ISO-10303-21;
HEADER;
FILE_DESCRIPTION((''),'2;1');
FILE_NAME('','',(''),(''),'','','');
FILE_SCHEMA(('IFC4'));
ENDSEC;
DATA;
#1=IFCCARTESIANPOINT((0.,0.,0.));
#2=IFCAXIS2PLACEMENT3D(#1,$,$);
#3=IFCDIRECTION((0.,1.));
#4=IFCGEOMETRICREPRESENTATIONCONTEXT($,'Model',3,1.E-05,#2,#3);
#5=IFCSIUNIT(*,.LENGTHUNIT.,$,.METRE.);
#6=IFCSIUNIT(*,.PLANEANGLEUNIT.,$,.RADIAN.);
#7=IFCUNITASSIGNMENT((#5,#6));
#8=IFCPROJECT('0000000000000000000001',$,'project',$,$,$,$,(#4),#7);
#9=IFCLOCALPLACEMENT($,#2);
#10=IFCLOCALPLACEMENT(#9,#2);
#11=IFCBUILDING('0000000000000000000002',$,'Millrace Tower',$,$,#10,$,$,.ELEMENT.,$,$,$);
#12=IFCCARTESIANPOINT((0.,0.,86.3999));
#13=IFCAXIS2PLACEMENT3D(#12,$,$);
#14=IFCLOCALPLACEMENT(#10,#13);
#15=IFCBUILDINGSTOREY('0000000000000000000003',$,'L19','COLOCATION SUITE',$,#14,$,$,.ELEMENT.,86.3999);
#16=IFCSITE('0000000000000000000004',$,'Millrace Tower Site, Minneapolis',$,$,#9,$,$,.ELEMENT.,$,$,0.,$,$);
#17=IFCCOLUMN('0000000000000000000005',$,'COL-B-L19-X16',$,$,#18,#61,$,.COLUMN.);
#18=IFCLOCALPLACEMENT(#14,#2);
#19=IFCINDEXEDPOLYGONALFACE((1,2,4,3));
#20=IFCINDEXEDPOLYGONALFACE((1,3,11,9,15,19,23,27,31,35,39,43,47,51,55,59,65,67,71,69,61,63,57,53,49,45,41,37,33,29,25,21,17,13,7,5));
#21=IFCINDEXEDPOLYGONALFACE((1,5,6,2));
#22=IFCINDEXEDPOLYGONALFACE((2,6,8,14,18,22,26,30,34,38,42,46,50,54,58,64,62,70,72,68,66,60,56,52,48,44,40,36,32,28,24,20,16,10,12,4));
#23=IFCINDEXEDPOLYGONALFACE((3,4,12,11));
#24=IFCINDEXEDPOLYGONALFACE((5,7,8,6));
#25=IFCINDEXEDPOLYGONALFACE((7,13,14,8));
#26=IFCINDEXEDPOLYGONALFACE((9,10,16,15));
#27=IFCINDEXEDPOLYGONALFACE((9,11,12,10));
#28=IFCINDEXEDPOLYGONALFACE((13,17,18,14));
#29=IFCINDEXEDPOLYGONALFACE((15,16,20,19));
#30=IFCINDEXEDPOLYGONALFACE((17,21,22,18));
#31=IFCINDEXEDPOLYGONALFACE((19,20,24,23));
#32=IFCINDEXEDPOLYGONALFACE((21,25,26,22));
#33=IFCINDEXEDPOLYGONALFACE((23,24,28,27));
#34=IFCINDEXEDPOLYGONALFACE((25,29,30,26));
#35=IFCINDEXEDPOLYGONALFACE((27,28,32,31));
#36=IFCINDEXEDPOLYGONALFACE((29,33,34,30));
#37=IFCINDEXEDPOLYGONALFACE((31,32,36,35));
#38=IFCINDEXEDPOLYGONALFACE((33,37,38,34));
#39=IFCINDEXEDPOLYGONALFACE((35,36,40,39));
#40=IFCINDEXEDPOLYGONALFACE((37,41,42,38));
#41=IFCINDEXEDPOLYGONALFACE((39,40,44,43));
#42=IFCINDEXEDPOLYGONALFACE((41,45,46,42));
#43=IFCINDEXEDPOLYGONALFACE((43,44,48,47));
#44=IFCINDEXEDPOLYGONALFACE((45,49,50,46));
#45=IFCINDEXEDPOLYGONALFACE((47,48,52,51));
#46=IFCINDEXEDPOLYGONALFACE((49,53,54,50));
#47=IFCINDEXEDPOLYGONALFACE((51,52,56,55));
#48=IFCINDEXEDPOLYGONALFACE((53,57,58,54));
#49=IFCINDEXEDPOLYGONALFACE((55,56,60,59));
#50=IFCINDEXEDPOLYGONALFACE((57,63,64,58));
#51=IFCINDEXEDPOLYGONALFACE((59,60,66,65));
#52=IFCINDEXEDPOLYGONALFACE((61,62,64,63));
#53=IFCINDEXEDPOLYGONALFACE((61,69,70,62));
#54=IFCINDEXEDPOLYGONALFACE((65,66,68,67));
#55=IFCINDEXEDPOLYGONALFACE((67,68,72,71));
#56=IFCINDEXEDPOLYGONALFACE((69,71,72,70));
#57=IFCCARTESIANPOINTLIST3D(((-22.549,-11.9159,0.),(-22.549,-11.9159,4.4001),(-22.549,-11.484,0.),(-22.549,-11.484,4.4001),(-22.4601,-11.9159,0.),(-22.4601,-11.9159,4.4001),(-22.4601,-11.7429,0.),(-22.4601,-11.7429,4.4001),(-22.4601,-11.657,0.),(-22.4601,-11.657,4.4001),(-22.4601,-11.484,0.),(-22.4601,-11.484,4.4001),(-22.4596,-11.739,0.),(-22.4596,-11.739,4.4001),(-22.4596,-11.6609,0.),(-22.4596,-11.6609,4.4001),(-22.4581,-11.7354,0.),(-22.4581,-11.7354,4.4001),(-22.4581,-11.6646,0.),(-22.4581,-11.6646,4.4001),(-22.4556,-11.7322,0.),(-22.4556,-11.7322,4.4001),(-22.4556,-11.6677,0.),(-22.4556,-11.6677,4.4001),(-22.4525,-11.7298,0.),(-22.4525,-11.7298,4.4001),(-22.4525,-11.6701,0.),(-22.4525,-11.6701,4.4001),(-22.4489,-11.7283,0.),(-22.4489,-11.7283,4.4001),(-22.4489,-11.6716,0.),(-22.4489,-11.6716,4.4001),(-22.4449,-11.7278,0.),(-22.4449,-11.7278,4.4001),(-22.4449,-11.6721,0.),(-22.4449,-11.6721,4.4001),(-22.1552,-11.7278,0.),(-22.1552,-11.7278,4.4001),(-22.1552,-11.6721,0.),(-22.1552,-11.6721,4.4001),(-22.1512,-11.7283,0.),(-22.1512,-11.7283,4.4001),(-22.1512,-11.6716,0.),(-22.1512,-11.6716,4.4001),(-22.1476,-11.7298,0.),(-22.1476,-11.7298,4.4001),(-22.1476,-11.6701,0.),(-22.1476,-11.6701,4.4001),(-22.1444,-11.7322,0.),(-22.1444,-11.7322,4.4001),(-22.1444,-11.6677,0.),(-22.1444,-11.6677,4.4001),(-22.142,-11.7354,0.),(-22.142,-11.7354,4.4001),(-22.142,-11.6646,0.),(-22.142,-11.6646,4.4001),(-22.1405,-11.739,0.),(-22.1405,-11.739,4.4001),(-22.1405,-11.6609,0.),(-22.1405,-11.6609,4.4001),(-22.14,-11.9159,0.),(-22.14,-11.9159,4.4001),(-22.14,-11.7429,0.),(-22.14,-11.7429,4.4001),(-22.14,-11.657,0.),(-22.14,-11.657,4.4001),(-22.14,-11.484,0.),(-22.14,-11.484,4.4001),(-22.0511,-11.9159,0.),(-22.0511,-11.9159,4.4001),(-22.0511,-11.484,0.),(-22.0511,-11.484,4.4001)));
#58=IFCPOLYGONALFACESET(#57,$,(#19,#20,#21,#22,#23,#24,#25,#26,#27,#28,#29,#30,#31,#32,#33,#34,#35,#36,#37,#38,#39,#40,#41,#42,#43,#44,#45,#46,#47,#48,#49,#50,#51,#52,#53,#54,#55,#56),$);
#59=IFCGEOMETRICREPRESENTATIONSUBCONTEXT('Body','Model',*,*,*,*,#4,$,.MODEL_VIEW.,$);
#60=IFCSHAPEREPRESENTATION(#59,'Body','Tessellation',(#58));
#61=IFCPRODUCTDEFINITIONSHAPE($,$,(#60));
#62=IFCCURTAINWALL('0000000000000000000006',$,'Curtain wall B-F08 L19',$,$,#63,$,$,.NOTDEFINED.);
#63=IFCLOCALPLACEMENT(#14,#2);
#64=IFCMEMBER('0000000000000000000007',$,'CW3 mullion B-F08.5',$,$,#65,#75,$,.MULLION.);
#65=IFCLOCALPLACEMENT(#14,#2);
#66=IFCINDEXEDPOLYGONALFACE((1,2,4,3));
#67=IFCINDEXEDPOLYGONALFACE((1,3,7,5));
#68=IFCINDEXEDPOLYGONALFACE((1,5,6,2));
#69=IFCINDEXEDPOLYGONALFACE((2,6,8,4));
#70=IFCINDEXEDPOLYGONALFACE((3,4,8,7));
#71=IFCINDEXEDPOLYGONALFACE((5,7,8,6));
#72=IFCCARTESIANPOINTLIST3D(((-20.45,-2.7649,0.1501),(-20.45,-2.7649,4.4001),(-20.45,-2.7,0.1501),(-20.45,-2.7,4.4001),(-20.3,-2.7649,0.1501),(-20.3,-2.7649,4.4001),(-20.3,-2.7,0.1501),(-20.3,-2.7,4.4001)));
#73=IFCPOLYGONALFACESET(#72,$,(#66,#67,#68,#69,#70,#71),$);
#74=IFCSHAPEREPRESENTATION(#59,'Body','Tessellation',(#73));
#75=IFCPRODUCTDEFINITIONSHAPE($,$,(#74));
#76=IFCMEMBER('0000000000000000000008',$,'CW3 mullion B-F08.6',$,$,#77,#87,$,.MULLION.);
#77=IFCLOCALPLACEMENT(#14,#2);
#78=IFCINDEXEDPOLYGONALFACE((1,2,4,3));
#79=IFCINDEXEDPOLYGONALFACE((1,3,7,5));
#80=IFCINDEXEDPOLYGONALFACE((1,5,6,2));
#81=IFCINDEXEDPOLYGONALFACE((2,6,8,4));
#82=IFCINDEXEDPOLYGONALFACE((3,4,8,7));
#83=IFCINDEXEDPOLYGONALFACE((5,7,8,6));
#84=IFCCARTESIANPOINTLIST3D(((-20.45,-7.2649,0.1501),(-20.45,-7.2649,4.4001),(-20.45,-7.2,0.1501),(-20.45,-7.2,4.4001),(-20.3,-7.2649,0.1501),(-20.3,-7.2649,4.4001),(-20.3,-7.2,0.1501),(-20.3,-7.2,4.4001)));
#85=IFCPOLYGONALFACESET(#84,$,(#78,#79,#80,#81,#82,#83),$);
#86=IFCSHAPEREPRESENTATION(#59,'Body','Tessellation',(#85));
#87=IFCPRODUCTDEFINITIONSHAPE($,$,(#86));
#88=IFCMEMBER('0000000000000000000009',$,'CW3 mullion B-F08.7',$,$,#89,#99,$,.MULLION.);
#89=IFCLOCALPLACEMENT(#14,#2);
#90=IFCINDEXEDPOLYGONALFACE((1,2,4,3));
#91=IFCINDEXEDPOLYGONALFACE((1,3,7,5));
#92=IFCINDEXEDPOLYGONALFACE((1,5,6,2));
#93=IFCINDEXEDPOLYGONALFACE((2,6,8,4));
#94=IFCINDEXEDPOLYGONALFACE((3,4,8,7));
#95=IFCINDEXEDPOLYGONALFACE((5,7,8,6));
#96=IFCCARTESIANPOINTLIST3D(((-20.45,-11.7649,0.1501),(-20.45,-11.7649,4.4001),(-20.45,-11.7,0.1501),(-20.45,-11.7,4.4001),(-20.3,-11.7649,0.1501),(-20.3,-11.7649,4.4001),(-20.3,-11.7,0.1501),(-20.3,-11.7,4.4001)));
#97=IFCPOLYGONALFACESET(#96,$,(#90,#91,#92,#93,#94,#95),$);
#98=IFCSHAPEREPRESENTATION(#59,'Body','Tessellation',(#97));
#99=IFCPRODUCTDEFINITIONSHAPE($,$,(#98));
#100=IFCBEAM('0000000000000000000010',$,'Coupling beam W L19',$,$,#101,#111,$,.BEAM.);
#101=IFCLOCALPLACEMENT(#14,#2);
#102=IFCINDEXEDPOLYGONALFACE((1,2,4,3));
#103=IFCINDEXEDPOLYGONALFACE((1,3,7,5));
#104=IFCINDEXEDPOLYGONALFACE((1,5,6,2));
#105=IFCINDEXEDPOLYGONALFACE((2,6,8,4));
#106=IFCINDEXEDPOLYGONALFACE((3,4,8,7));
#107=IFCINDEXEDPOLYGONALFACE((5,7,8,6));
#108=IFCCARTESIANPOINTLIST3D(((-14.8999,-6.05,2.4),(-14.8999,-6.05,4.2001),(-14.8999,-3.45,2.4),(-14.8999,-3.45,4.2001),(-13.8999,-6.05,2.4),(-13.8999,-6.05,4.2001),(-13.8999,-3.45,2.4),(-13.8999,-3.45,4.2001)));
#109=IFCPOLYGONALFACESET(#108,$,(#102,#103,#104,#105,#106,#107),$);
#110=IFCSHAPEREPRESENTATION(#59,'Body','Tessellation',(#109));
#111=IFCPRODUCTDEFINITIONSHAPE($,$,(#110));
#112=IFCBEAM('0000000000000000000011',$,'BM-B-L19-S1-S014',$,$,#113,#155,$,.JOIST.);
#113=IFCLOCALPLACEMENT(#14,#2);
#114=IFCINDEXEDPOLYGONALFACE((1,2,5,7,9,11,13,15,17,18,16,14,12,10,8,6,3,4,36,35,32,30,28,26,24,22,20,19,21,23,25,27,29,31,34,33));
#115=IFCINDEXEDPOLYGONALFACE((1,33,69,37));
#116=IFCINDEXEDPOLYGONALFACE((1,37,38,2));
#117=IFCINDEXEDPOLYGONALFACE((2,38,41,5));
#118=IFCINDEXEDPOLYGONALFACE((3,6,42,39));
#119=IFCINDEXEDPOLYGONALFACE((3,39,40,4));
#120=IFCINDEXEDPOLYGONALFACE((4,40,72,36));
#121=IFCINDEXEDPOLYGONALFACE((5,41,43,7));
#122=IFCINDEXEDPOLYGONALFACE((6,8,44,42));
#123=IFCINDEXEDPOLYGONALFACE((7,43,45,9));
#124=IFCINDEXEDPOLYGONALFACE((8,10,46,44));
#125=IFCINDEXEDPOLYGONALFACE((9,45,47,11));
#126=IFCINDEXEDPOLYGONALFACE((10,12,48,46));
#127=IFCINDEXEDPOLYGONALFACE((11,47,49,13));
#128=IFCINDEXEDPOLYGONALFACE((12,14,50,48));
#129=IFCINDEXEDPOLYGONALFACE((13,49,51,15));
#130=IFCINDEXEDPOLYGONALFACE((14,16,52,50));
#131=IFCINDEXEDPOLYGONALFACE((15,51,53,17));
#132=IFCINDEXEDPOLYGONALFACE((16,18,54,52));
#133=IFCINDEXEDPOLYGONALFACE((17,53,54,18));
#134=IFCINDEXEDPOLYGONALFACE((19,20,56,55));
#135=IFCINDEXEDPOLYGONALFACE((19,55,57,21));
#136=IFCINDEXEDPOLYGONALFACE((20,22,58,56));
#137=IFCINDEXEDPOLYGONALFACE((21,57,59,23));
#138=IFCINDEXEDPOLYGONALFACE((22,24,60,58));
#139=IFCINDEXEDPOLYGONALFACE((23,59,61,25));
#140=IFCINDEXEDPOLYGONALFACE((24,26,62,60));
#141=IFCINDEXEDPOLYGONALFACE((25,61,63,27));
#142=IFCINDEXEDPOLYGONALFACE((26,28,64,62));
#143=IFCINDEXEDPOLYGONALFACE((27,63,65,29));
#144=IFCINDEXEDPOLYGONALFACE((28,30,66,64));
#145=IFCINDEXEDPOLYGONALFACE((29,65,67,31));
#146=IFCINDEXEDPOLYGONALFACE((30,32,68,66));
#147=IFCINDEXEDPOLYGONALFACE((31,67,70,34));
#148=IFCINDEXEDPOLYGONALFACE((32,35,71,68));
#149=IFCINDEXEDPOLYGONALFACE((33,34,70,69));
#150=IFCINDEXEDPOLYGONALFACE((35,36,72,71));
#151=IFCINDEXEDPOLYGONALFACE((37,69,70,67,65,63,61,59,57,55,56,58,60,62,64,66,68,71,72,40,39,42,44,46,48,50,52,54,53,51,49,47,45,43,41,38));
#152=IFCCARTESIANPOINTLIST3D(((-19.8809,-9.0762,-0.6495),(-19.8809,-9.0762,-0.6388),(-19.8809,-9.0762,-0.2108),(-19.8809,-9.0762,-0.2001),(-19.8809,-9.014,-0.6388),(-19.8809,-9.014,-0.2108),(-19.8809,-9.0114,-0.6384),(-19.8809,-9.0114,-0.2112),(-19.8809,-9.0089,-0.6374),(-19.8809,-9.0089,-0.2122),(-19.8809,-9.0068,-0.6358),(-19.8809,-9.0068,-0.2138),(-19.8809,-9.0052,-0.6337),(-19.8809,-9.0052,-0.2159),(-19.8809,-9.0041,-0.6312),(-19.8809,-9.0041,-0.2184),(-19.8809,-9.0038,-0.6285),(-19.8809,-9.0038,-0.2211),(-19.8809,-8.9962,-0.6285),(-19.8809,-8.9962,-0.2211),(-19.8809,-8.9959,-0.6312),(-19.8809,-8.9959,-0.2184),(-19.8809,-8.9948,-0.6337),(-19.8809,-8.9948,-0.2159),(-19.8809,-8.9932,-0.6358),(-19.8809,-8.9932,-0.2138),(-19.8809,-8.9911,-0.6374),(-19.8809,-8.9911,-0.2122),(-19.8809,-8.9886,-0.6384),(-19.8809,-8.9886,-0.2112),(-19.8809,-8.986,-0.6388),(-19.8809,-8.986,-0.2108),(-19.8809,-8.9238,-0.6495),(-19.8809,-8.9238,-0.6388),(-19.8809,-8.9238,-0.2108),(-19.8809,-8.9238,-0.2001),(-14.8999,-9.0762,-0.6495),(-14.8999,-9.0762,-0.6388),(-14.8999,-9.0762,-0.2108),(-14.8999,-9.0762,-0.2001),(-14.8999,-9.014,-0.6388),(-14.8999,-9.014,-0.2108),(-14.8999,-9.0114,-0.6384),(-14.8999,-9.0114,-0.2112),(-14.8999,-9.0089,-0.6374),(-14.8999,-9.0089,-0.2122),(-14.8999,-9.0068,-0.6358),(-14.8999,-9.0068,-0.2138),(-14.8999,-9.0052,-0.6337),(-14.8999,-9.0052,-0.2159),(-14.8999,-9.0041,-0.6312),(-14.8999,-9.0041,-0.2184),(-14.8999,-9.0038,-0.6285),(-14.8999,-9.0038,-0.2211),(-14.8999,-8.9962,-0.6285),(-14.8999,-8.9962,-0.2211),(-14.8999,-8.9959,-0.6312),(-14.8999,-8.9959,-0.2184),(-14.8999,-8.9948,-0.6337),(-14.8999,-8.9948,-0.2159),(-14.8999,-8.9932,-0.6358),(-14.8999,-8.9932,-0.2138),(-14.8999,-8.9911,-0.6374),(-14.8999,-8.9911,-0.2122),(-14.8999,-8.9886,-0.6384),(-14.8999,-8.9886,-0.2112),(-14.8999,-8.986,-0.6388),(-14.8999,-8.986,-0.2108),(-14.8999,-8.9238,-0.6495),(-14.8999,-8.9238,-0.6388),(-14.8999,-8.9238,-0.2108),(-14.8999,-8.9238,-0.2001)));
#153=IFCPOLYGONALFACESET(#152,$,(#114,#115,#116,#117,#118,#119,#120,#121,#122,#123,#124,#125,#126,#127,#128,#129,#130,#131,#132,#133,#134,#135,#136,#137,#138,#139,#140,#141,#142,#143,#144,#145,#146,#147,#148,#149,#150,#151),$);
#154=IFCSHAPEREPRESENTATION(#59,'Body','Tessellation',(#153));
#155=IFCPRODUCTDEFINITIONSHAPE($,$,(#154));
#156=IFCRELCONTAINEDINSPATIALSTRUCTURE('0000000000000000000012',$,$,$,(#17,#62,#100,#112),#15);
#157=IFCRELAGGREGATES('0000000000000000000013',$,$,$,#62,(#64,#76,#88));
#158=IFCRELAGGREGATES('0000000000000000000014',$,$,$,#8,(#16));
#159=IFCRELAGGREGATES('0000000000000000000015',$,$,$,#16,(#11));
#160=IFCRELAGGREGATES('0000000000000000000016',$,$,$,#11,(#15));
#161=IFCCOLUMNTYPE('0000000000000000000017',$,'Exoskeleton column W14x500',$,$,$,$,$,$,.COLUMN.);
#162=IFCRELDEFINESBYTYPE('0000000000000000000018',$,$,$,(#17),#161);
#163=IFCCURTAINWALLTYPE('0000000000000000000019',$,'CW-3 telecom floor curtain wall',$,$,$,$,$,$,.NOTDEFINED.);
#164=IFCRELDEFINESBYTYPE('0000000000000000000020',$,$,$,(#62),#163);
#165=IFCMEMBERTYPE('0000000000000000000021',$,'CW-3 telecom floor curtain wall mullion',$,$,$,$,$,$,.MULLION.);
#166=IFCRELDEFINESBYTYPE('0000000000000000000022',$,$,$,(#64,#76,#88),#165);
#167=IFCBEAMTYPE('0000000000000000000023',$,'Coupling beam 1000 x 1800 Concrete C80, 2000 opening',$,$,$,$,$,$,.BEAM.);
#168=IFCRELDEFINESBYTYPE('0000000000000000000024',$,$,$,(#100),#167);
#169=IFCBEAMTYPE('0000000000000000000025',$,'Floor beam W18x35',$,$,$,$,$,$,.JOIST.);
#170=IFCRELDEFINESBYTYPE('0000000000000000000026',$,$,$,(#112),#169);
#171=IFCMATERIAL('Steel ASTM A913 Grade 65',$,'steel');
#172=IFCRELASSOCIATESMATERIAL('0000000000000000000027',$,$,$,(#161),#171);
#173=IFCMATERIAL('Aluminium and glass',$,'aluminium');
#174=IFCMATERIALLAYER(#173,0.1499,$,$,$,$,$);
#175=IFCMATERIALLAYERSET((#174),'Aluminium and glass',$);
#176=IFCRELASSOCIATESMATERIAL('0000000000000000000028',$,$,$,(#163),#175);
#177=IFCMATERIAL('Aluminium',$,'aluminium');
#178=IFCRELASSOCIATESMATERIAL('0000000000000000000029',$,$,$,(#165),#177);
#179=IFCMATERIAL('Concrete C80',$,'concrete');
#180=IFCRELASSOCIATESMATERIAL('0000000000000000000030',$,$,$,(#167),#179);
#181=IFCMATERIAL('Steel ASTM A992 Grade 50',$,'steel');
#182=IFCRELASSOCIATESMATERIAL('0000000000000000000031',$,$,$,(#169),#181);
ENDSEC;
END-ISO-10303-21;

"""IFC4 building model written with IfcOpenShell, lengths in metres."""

from ifc_helpers import new_model, si_unit, direction, frame, origin, origin_2d, place, context, subcontext, project, spatial, rectangle, i_section, extrude, material, layer, layer_set, material_profile, profile_set, type_object, element, aggregate, save


model = new_model("IFC4")

# Units and contexts
model_context = context("Model", 3, precision=1e-05, world=origin(), true_north=direction((0.0, 1.0)))
body_context = subcontext(model_context, "Body", "Model", "MODEL_VIEW")
ifc_project = project(units=[si_unit("LENGTHUNIT", "METRE"), si_unit("PLANEANGLEUNIT", "RADIAN")], contexts=[model_context])

# Site, building, storey
site_placement = place(None, origin())
site = spatial("IfcSite", under=ifc_project, at=site_placement, Name="Millrace Tower Site, Minneapolis", CompositionType="ELEMENT", RefElevation=0.0)
building_placement = place(site_placement, origin())
building = spatial("IfcBuilding", under=site, at=building_placement, Name="Millrace Tower", CompositionType="ELEMENT")
storey_placement = place(building_placement, frame((0.0, 0.0, 86.3999)))
storey = spatial("IfcBuildingStorey", under=building, at=storey_placement, Name="L19", Description="COLOCATION SUITE", CompositionType="ELEMENT", Elevation=86.3999)

# Column
ifc_material_1 = material(Name="Steel ASTM A913 Grade 65", Category="steel")
ifc_material_profile_1 = material_profile(ifc_material_1, i_section(OverallWidth=0.4319, OverallDepth=0.4978, WebThickness=0.0557, FlangeThickness=0.0889, FilletRadius=0.0151, at=origin_2d()))
ifc_profile_set_1 = profile_set([ifc_material_profile_1], Name="Steel ASTM A913 Grade 65")
column_type = type_object("IfcColumnType", Name="Exoskeleton column W14x500", PredefinedType="COLUMN", material=ifc_profile_set_1)
column_placement = place(storey_placement, frame((-22.3, -11.7, 0.0), z_axis=(0.0, 0.0, 1.0), x_axis=(0.0, -1.0, 0.0)))
element("IfcColumn", 1, at=column_placement, inside=storey, type_object=column_type, Name="COL-B-L19-X16", PredefinedType="COLUMN", context=body_context, shape_type="SweptSolid", body=[
    extrude(i_section(OverallWidth=0.4319, OverallDepth=0.4978, WebThickness=0.0557, FlangeThickness=0.0889, FilletRadius=0.0151, at=origin_2d()), origin(), (0.0, 0.0, 1.0), 4.4001),
])

# Curtain wall, members
ifc_material_2 = material(Name="Aluminium and glass", Category="aluminium")
ifc_layer_1 = layer(ifc_material_2, 0.1499)
ifc_layer_set_1 = layer_set([ifc_layer_1], Name="Aluminium and glass")
curtain_wall_type = type_object("IfcCurtainWallType", Name="CW-3 telecom floor curtain wall", PredefinedType="NOTDEFINED", material=ifc_layer_set_1)
curtain_wall_placement = place(storey_placement, origin())
curtain_wall = element("IfcCurtainWall", 2, at=curtain_wall_placement, inside=storey, type_object=curtain_wall_type, Name="Curtain wall B-F08 L19", PredefinedType="NOTDEFINED")
ifc_material_3 = material(Name="Aluminium", Category="aluminium")
ifc_material_profile_2 = material_profile(ifc_material_3, rectangle(XDim=0.0649, YDim=0.1499, at=origin_2d()))
ifc_profile_set_2 = profile_set([ifc_material_profile_2], Name="Aluminium")
member_type = type_object("IfcMemberType", Name="CW-3 telecom floor curtain wall mullion", PredefinedType="MULLION", material=ifc_profile_set_2)
member_1_placement = place(storey_placement, frame((-20.375, -2.7324, 0.1501), z_axis=(0.0, 0.0, 1.0), x_axis=(0.0, -1.0, 0.0)))
member_1 = element("IfcMember", 3, at=member_1_placement, type_object=member_type, Name="CW3 mullion B-F08.5", PredefinedType="MULLION", context=body_context, shape_type="SweptSolid", body=[
    extrude(rectangle(XDim=0.0649, YDim=0.1499, at=origin_2d()), origin(), (0.0, 0.0, 1.0), 4.25),
])
member_2_placement = place(storey_placement, frame((-20.375, -7.2324, 0.1501), z_axis=(0.0, 0.0, 1.0), x_axis=(0.0, -1.0, 0.0)))
member_2 = element("IfcMember", 4, at=member_2_placement, type_object=member_type, Name="CW3 mullion B-F08.6", PredefinedType="MULLION", context=body_context, shape_type="SweptSolid", body=[
    extrude(rectangle(XDim=0.0649, YDim=0.1499, at=origin_2d()), origin(), (0.0, 0.0, 1.0), 4.25),
])
member_3_placement = place(storey_placement, frame((-20.375, -11.7324, 0.1501), z_axis=(0.0, 0.0, 1.0), x_axis=(0.0, -1.0, 0.0)))
member_3 = element("IfcMember", 5, at=member_3_placement, type_object=member_type, Name="CW3 mullion B-F08.7", PredefinedType="MULLION", context=body_context, shape_type="SweptSolid", body=[
    extrude(rectangle(XDim=0.0649, YDim=0.1499, at=origin_2d()), origin(), (0.0, 0.0, 1.0), 4.25),
])
aggregate(curtain_wall, [member_1, member_2, member_3])

# Beams
ifc_material_4 = material(Name="Concrete C80", Category="concrete")
ifc_material_profile_3 = material_profile(ifc_material_4, rectangle(XDim=1.0, YDim=1.8, at=origin_2d()))
ifc_profile_set_3 = profile_set([ifc_material_profile_3], Name="Concrete C80")
beam_type_1 = type_object("IfcBeamType", Name="Coupling beam 1000 x 1800 Concrete C80, 2000 opening", PredefinedType="BEAM", material=ifc_profile_set_3)
beam_1_placement = place(storey_placement, frame((-14.3999, -6.05, 3.3), z_axis=(0.0, 1.0, 0.0), x_axis=(-1.0, 0.0, 0.0)))
element("IfcBeam", 6, at=beam_1_placement, inside=storey, type_object=beam_type_1, Name="Coupling beam W L19", PredefinedType="BEAM", context=body_context, shape_type="SweptSolid", body=[
    extrude(rectangle(XDim=1.0, YDim=1.8, at=origin_2d()), origin(), (0.0, 0.0, 1.0), 2.6001),
])
ifc_material_5 = material(Name="Steel ASTM A992 Grade 50", Category="steel")
ifc_material_profile_4 = material_profile(ifc_material_5, i_section(OverallWidth=0.1523, OverallDepth=0.4495, WebThickness=0.0076, FlangeThickness=0.0107, FilletRadius=0.0103, at=origin_2d()))
ifc_profile_set_4 = profile_set([ifc_material_profile_4], Name="Steel ASTM A992 Grade 50")
beam_type_2 = type_object("IfcBeamType", Name="Floor beam W18x35", PredefinedType="JOIST", material=ifc_profile_set_4)
for number, where, z_axis, x_axis, name in (
    (7, (-19.8809, -9.0, -0.4248), (1.0, 0.0, 0.0), (0.0, 1.0, 0.0), "BM-B-L19-S1-S014"),
):
    element("IfcBeam", number, at=place(storey_placement, frame(where, z_axis=z_axis, x_axis=x_axis)), inside=storey, type_object=beam_type_2, Name=name, PredefinedType="JOIST", context=body_context, shape_type="SweptSolid", body=[
        extrude(i_section(OverallWidth=0.1523, OverallDepth=0.4495, WebThickness=0.0076, FlangeThickness=0.0107, FilletRadius=0.0103, at=origin_2d()), origin(), (0.0, 0.0, 1.0), 4.981),
    ])

save(model, "model.ifc")
